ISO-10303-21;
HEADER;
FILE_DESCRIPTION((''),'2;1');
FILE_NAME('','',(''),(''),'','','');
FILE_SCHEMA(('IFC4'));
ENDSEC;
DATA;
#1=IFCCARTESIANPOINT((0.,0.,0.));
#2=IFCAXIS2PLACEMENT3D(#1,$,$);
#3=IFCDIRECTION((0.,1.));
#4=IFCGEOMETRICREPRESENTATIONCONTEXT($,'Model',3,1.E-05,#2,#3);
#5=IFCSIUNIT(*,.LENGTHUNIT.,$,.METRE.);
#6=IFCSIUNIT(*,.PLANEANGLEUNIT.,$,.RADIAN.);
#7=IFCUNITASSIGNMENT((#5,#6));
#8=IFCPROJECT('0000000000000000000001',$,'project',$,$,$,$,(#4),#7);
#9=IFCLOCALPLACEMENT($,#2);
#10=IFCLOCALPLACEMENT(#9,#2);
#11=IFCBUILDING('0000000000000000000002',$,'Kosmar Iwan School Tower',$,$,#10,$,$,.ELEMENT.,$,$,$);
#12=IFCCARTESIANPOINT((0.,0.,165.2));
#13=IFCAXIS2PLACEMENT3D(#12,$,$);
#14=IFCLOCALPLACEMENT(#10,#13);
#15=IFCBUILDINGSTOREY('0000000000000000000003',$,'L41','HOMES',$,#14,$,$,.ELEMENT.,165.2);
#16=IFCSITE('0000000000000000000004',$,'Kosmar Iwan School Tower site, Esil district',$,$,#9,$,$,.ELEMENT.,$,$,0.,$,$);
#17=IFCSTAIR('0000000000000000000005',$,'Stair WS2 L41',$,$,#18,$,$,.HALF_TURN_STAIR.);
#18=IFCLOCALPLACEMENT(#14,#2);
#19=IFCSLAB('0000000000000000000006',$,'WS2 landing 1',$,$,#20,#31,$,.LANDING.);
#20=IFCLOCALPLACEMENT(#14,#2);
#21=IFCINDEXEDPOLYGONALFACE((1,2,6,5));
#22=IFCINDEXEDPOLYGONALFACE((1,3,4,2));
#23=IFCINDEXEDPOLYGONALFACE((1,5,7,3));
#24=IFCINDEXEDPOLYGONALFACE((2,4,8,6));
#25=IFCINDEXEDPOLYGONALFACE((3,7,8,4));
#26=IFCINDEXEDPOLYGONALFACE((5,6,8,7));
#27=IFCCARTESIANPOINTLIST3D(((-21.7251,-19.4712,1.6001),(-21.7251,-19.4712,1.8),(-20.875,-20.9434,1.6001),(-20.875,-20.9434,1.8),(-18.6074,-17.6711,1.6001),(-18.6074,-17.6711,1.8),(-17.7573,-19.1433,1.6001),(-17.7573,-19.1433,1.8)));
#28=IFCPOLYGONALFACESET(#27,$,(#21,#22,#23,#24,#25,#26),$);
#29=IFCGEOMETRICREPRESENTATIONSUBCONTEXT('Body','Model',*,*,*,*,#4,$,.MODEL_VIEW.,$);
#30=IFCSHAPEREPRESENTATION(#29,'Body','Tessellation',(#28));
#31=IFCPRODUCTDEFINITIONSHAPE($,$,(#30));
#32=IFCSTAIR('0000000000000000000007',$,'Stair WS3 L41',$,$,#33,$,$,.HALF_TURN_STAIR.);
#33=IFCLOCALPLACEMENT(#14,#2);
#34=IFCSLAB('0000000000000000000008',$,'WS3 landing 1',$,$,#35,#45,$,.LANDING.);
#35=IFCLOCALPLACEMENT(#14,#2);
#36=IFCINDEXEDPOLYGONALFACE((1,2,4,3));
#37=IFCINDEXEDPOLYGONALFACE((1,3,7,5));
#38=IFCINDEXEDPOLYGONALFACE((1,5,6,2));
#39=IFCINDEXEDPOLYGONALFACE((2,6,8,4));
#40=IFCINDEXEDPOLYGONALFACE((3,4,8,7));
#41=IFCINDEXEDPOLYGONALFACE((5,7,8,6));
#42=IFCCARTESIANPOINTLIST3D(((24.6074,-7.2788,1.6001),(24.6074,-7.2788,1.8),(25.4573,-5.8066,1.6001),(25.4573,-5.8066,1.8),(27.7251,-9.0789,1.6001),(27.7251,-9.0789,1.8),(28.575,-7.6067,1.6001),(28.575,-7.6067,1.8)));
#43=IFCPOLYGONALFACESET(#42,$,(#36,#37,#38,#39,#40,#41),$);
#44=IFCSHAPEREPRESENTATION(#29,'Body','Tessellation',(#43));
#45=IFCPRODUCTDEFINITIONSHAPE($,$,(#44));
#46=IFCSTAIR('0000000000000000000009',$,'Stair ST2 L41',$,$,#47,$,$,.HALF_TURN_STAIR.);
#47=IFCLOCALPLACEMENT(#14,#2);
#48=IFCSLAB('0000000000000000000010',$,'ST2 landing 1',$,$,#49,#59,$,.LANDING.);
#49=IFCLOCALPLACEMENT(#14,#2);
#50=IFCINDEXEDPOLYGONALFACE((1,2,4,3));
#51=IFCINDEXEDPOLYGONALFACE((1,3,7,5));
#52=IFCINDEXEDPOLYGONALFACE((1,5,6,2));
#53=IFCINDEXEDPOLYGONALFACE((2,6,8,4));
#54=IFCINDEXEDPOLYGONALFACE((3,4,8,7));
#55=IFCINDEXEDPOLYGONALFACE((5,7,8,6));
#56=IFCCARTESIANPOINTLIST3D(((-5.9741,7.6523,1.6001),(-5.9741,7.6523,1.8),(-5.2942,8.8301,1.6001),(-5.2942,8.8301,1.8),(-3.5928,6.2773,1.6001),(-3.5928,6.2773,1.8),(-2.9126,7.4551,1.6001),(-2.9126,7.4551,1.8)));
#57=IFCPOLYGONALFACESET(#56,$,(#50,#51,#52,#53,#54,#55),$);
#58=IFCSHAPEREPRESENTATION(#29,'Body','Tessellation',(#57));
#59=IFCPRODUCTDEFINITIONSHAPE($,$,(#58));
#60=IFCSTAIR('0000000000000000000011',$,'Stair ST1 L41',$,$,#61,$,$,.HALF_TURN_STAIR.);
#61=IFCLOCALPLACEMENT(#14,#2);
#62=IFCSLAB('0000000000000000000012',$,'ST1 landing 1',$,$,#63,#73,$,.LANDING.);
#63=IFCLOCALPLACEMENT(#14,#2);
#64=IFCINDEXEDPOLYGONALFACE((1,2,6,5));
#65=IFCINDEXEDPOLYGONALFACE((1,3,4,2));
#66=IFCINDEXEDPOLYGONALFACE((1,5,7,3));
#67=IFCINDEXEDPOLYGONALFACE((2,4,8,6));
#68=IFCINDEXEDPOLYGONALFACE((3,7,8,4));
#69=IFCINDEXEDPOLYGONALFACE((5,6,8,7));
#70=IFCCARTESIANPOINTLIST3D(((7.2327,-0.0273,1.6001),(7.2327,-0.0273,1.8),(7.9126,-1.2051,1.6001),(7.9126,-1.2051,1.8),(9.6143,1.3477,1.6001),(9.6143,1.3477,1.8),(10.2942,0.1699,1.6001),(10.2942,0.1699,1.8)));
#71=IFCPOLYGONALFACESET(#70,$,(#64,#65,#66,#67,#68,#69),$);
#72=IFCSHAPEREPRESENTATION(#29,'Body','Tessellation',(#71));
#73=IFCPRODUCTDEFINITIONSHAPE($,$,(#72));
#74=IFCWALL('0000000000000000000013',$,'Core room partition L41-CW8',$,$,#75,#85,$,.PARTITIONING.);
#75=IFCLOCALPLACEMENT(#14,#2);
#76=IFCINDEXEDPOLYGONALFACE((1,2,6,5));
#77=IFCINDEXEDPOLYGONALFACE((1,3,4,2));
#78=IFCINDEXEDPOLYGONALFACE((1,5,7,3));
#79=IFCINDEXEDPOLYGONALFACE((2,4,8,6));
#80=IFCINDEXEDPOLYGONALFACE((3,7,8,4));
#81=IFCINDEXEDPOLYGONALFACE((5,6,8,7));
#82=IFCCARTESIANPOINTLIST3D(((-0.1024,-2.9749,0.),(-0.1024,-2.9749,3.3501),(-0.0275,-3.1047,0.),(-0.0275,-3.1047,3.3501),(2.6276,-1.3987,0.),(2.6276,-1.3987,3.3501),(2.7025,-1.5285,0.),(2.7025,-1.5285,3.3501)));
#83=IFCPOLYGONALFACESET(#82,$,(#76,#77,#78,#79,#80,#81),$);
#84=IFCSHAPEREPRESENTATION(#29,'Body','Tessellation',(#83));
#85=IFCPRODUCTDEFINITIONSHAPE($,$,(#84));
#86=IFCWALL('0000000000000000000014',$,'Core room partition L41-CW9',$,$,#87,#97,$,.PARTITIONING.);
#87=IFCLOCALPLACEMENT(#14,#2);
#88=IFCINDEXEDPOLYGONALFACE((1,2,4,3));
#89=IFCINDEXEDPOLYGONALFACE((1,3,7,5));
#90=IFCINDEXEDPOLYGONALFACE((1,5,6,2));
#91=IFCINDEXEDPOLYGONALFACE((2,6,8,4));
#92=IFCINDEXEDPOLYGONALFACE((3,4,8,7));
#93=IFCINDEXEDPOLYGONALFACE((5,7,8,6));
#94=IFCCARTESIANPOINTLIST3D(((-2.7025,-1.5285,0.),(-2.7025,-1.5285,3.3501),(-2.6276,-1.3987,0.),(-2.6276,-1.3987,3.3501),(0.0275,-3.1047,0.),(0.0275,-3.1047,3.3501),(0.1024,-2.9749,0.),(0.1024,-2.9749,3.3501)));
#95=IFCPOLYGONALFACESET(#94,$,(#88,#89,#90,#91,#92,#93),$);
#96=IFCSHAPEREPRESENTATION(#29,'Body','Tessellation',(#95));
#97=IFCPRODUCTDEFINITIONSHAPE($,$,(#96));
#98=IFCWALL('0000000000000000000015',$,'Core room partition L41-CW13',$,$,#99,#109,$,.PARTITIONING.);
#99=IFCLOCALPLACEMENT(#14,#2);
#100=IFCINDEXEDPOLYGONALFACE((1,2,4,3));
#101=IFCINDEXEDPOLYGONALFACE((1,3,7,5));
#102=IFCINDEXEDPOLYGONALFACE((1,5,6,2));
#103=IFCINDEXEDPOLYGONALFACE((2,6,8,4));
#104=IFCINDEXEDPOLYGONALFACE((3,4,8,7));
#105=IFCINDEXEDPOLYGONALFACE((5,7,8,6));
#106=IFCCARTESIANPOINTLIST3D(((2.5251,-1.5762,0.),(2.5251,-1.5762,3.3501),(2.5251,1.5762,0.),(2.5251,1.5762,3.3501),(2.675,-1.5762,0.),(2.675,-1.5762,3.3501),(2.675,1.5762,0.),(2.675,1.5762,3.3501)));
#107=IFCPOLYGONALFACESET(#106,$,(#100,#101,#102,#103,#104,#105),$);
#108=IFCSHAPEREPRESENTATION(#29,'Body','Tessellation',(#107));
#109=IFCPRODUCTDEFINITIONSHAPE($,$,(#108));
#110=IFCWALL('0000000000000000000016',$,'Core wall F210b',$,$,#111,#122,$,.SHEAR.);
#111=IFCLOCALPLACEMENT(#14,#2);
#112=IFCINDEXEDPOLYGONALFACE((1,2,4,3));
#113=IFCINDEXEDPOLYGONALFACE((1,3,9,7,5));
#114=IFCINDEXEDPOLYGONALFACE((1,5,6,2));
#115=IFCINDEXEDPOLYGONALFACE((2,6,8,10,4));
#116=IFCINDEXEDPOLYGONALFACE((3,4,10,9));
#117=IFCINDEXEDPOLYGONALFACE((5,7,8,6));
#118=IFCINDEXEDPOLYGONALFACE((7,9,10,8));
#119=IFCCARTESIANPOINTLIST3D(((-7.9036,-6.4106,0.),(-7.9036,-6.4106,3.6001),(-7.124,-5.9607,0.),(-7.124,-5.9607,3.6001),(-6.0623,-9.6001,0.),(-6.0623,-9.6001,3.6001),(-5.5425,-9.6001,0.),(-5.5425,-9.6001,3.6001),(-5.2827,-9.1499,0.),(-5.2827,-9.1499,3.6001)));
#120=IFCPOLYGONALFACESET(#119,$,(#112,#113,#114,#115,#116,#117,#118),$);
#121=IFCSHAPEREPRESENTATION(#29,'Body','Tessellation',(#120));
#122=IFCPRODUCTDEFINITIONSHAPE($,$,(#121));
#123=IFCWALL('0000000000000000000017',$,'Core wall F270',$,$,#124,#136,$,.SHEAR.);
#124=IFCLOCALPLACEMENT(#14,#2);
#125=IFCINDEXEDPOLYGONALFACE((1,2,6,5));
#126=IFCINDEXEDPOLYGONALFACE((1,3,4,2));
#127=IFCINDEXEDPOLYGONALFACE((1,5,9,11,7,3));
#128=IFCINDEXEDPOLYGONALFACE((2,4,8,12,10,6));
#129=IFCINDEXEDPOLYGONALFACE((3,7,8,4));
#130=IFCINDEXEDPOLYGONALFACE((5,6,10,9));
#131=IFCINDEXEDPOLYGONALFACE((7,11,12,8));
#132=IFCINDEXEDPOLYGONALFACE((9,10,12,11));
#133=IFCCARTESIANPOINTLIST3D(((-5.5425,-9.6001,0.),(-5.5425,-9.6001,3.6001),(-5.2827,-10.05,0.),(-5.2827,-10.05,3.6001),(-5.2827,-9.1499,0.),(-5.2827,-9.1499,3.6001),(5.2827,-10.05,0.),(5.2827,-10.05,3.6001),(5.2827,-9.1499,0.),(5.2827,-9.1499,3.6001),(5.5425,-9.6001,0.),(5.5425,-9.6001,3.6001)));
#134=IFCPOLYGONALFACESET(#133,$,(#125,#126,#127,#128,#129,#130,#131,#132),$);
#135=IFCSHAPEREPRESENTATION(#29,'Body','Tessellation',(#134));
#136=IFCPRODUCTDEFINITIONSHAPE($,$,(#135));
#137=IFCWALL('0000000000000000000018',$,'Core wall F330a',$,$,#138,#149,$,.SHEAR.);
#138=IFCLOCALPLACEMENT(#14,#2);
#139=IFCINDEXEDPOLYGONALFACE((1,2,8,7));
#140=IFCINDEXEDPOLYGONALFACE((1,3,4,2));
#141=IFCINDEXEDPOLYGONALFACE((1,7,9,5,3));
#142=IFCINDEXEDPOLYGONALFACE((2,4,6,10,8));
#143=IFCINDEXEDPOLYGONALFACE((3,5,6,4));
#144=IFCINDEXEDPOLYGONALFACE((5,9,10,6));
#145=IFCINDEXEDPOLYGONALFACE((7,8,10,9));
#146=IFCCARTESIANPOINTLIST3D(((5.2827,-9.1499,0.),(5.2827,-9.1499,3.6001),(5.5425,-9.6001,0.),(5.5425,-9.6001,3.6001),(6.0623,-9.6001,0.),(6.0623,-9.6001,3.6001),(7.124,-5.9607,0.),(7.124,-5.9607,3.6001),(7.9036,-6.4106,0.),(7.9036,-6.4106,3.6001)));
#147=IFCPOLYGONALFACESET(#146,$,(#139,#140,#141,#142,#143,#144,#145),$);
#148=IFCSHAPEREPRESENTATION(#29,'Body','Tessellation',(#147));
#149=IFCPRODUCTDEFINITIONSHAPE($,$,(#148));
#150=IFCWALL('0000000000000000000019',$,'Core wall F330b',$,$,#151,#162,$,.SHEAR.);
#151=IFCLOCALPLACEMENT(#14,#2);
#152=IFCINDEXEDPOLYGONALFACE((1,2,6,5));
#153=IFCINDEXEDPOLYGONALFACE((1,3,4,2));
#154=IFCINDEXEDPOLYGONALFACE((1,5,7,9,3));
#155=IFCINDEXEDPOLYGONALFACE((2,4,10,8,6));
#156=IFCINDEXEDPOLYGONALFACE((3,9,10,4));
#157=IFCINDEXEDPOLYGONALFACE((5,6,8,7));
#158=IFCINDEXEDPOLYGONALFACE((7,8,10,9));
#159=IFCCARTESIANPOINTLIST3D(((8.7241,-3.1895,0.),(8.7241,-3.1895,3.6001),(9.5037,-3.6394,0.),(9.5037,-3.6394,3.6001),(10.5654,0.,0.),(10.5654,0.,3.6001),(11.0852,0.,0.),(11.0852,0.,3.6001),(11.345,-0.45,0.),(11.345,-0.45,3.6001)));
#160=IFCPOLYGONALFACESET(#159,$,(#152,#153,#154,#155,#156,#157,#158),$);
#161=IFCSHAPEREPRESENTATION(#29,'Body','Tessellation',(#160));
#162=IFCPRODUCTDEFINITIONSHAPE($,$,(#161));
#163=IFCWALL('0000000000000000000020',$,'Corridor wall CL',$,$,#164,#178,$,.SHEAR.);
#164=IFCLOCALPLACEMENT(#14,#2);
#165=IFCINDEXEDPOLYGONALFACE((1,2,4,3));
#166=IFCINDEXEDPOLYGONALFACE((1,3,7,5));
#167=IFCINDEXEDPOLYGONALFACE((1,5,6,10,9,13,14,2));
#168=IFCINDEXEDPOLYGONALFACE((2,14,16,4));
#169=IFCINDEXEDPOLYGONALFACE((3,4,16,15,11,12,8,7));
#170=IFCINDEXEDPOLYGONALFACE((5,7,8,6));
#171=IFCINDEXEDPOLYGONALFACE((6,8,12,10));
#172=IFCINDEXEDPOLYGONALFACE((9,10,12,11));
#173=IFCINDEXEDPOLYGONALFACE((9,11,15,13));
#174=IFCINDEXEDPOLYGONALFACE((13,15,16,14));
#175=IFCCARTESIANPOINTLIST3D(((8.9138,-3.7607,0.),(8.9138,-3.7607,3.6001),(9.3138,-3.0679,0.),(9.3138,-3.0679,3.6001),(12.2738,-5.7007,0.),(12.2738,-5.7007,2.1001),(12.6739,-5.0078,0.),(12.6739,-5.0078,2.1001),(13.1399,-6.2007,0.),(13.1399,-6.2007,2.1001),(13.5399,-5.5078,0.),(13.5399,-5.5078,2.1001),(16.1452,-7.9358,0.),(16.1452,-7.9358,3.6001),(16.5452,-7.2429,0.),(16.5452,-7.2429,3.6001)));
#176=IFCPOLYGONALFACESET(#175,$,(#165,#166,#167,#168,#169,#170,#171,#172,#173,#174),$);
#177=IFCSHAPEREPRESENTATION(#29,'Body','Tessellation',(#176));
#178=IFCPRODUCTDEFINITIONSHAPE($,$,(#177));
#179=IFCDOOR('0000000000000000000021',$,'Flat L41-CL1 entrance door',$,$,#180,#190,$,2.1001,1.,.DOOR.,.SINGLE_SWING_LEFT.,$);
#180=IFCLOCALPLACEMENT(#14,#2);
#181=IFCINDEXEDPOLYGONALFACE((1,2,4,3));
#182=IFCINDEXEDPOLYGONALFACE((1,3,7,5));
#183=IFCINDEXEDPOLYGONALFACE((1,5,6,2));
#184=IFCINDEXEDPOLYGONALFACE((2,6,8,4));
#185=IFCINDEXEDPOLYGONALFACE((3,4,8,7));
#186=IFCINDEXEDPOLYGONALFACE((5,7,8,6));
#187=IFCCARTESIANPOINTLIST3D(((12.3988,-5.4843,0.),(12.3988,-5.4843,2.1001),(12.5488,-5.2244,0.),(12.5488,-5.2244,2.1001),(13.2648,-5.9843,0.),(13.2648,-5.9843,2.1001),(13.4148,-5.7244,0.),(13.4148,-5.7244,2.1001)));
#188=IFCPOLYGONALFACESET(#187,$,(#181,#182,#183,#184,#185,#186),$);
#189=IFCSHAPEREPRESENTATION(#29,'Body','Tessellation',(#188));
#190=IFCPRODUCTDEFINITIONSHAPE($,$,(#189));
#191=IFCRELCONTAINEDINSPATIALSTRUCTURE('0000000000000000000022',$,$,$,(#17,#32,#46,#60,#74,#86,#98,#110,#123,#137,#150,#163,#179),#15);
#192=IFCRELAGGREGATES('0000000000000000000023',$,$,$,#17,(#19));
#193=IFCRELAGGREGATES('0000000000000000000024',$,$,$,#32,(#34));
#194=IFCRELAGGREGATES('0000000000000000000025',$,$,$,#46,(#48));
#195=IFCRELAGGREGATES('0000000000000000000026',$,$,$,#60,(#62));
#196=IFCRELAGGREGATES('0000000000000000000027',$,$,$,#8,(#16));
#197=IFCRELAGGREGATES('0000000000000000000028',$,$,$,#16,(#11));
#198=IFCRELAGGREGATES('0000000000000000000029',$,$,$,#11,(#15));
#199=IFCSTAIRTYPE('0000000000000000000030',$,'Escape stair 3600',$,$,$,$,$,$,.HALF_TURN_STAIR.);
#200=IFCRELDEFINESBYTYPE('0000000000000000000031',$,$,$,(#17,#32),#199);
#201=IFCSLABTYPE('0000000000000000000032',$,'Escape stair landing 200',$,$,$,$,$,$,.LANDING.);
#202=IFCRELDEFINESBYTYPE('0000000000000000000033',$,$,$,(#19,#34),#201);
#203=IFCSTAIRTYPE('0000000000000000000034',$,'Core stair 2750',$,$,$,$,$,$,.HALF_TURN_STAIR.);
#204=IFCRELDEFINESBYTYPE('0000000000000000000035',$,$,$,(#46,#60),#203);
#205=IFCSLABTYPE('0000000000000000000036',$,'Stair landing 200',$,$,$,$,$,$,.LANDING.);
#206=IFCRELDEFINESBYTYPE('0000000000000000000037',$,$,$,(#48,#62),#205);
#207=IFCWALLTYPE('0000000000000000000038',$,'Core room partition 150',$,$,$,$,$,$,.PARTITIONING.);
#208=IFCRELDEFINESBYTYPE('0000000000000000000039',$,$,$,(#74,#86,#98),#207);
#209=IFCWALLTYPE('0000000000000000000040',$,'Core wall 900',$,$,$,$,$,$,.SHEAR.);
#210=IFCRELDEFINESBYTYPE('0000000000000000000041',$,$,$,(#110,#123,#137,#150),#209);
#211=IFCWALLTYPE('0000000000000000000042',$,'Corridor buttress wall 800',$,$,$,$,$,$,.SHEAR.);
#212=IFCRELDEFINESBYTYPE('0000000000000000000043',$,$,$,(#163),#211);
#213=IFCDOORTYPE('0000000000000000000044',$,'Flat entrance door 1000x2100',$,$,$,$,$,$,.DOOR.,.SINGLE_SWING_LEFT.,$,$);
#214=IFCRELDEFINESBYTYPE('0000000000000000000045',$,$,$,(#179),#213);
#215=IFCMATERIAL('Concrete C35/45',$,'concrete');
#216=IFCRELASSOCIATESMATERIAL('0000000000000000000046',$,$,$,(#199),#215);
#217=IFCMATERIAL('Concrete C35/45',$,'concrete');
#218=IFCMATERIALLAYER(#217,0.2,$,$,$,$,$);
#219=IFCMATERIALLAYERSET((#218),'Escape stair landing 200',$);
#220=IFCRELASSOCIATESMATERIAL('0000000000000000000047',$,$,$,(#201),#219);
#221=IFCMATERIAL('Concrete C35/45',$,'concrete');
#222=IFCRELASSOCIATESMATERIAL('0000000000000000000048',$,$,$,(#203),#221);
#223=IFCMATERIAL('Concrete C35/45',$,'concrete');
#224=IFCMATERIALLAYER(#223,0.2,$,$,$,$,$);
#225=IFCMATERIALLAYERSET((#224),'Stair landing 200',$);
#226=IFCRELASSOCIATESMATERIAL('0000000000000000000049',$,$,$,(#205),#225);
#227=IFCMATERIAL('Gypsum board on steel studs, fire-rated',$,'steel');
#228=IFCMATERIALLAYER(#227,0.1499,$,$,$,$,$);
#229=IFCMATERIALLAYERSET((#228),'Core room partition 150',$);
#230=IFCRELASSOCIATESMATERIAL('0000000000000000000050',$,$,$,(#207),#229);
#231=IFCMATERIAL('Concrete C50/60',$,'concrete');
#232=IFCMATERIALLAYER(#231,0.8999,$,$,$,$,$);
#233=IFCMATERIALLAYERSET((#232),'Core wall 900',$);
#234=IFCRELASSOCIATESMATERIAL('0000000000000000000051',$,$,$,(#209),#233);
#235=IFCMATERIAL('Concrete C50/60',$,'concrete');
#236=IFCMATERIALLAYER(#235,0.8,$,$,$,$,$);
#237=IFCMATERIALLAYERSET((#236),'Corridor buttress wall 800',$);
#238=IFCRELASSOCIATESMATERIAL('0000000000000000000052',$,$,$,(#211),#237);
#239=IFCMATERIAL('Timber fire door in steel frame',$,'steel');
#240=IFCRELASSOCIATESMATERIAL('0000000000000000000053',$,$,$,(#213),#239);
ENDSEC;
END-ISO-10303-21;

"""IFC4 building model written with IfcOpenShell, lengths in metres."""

from ifc_helpers import new_model, si_unit, direction, frame, frame_2d, origin, place, context, subcontext, project, spatial, polyline, rectangle, outline, extrude, material, layer, layer_set, type_object, element, fill, aggregate, save


model = new_model("IFC4")

# Units and contexts
model_context = context("Model", 3, precision=1e-05, world=origin(), true_north=direction((0.0, 1.0)))
body_context = subcontext(model_context, "Body", "Model", "MODEL_VIEW")
ifc_project = project(units=[si_unit("LENGTHUNIT", "METRE"), si_unit("PLANEANGLEUNIT", "RADIAN")], contexts=[model_context])

# Site, building, storey
site_placement = place(None, origin())
site = spatial("IfcSite", under=ifc_project, at=site_placement, Name="Kosmar Iwan School Tower site, Esil district", CompositionType="ELEMENT", RefElevation=0.0)
building_placement = place(site_placement, origin())
building = spatial("IfcBuilding", under=site, at=building_placement, Name="Kosmar Iwan School Tower", CompositionType="ELEMENT")
storey_placement = place(building_placement, frame((0.0, 0.0, 165.2)))
storey = spatial("IfcBuildingStorey", under=building, at=storey_placement, Name="L41", Description="HOMES", CompositionType="ELEMENT", Elevation=165.2)

# Stairs, slabs
ifc_material_1 = material(Name="Concrete C35/45", Category="concrete")
stair_type_1 = type_object("IfcStairType", Name="Escape stair 3600", PredefinedType="HALF_TURN_STAIR", material=ifc_material_1)
stair_1_placement = place(storey_placement, origin())
stair_1 = element("IfcStair", 1, at=stair_1_placement, inside=storey, type_object=stair_type_1, Name="Stair WS2 L41", PredefinedType="HALF_TURN_STAIR")
ifc_material_2 = material(Name="Concrete C35/45", Category="concrete")
ifc_layer_1 = layer(ifc_material_2, 0.2)
ifc_layer_set_1 = layer_set([ifc_layer_1], Name="Escape stair landing 200")
slab_type_1 = type_object("IfcSlabType", Name="Escape stair landing 200", PredefinedType="LANDING", material=ifc_layer_set_1)
slab_1_placement = place(storey_placement, frame((0.0, 0.0, 1.6001)))
slab_1 = element("IfcSlab", 2, at=slab_1_placement, type_object=slab_type_1, Name="WS2 landing 1", PredefinedType="LANDING", context=body_context, shape_type="SweptSolid", body=[
    extrude(outline(polyline([(-18.6074, -17.6711), (-21.7251, -19.4712), (-20.875, -20.9434), (-17.7573, -19.1433), (-18.6074, -17.6711)])), origin(), (0.0, 0.0, 1.0), 0.2),
])
aggregate(stair_1, [slab_1])
stair_2_placement = place(storey_placement, origin())
stair_2 = element("IfcStair", 3, at=stair_2_placement, inside=storey, type_object=stair_type_1, Name="Stair WS3 L41", PredefinedType="HALF_TURN_STAIR")
slab_2_placement = place(storey_placement, frame((0.0, 0.0, 1.6001)))
slab_2 = element("IfcSlab", 4, at=slab_2_placement, type_object=slab_type_1, Name="WS3 landing 1", PredefinedType="LANDING", context=body_context, shape_type="SweptSolid", body=[
    extrude(outline(polyline([(24.6074, -7.2788), (27.7251, -9.0789), (28.575, -7.6067), (25.4573, -5.8066), (24.6074, -7.2788)])), origin(), (0.0, 0.0, 1.0), 0.2),
])
aggregate(stair_2, [slab_2])
ifc_material_3 = material(Name="Concrete C35/45", Category="concrete")
stair_type_2 = type_object("IfcStairType", Name="Core stair 2750", PredefinedType="HALF_TURN_STAIR", material=ifc_material_3)
stair_3_placement = place(storey_placement, origin())
stair_3 = element("IfcStair", 5, at=stair_3_placement, inside=storey, type_object=stair_type_2, Name="Stair ST2 L41", PredefinedType="HALF_TURN_STAIR")
ifc_material_4 = material(Name="Concrete C35/45", Category="concrete")
ifc_layer_2 = layer(ifc_material_4, 0.2)
ifc_layer_set_2 = layer_set([ifc_layer_2], Name="Stair landing 200")
slab_type_2 = type_object("IfcSlabType", Name="Stair landing 200", PredefinedType="LANDING", material=ifc_layer_set_2)
slab_3_placement = place(storey_placement, frame((0.0, 0.0, 1.6001)))
slab_3 = element("IfcSlab", 6, at=slab_3_placement, type_object=slab_type_2, Name="ST2 landing 1", PredefinedType="LANDING", context=body_context, shape_type="SweptSolid", body=[
    extrude(outline(polyline([(-2.9126, 7.4551), (-5.2942, 8.8301), (-5.9741, 7.6523), (-3.5928, 6.2773), (-2.9126, 7.4551)])), origin(), (0.0, 0.0, 1.0), 0.2),
])
aggregate(stair_3, [slab_3])
stair_4_placement = place(storey_placement, origin())
stair_4 = element("IfcStair", 7, at=stair_4_placement, inside=storey, type_object=stair_type_2, Name="Stair ST1 L41", PredefinedType="HALF_TURN_STAIR")
slab_4_placement = place(storey_placement, frame((0.0, 0.0, 1.6001)))
slab_4 = element("IfcSlab", 8, at=slab_4_placement, type_object=slab_type_2, Name="ST1 landing 1", PredefinedType="LANDING", context=body_context, shape_type="SweptSolid", body=[
    extrude(outline(polyline([(7.9126, -1.2051), (10.2942, 0.1699), (9.6143, 1.3477), (7.2327, -0.0273), (7.9126, -1.2051)])), origin(), (0.0, 0.0, 1.0), 0.2),
])

# Walls
ifc_material_5 = material(Name="Gypsum board on steel studs, fire-rated", Category="steel")
ifc_layer_3 = layer(ifc_material_5, 0.1499)
ifc_layer_set_3 = layer_set([ifc_layer_3], Name="Core room partition 150")
wall_type_1 = type_object("IfcWallType", Name="Core room partition 150", PredefinedType="PARTITIONING", material=ifc_layer_set_3)
for number, where, z_axis, x_axis, name in (
    (9, (2.665, -1.4636, 0.0), (0.0, 0.0, 1.0), (-0.866023, -0.500004, 0.0), "Core room partition L41-CW8"),
    (10, (0.0649, -3.0398, 0.0), (0.0, 0.0, 1.0), (-0.866023, 0.500004, 0.0), "Core room partition L41-CW9"),
    (11, (2.6001, 1.5762, 0.0), (0.0, 0.0, 1.0), (0.0, -1.0, 0.0), "Core room partition L41-CW13"),
):
    element("IfcWall", number, at=place(storey_placement, frame(where, z_axis=z_axis, x_axis=x_axis)), inside=storey, type_object=wall_type_1, Name=name, PredefinedType="PARTITIONING", context=body_context, shape_type="SweptSolid", body=[
        extrude(rectangle(XDim=3.1523, YDim=0.1499, at=frame_2d((1.5762, 0.0))), origin(), (0.0, 0.0, 1.0), 3.3501),
    ])
ifc_material_6 = material(Name="Concrete C50/60", Category="concrete")
ifc_layer_4 = layer(ifc_material_6, 0.8999)
ifc_layer_set_4 = layer_set([ifc_layer_4], Name="Core wall 900")
wall_type_2 = type_object("IfcWallType", Name="Core wall 900", PredefinedType="SHEAR", material=ifc_layer_set_4)
wall_1_placement = place(storey_placement, origin())
element("IfcWall", 12, at=wall_1_placement, inside=storey, type_object=wall_type_2, Name="Core wall F210b", PredefinedType="SHEAR", context=body_context, shape_type="SweptSolid", body=[
    extrude(outline(polyline([(-6.0623, -9.6001), (-5.5425, -9.6001), (-5.2827, -9.1499), (-7.124, -5.9607), (-7.9036, -6.4106), (-6.0623, -9.6001)])), origin(), (0.0, 0.0, 1.0), 3.6001),
])
wall_2_placement = place(storey_placement, origin())
element("IfcWall", 13, at=wall_2_placement, inside=storey, type_object=wall_type_2, Name="Core wall F270", PredefinedType="SHEAR", context=body_context, shape_type="SweptSolid", body=[
    extrude(outline(polyline([(-5.2827, -10.05), (5.2827, -10.05), (5.5425, -9.6001), (5.2827, -9.1499), (-5.2827, -9.1499), (-5.5425, -9.6001), (-5.2827, -10.05)])), origin(), (0.0, 0.0, 1.0), 3.6001),
])
wall_3_placement = place(storey_placement, origin())
element("IfcWall", 14, at=wall_3_placement, inside=storey, type_object=wall_type_2, Name="Core wall F330a", PredefinedType="SHEAR", context=body_context, shape_type="SweptSolid", body=[
    extrude(outline(polyline([(5.5425, -9.6001), (6.0623, -9.6001), (7.9036, -6.4106), (7.124, -5.9607), (5.2827, -9.1499), (5.5425, -9.6001)])), origin(), (0.0, 0.0, 1.0), 3.6001),
])
wall_4_placement = place(storey_placement, origin())
element("IfcWall", 15, at=wall_4_placement, inside=storey, type_object=wall_type_2, Name="Core wall F330b", PredefinedType="SHEAR", context=body_context, shape_type="SweptSolid", body=[
    extrude(outline(polyline([(9.5037, -3.6394), (11.345, -0.45), (11.0852, 0.0), (10.5654, 0.0), (8.7241, -3.1895), (9.5037, -3.6394)])), origin(), (0.0, 0.0, 1.0), 3.6001),
])

# Wall, opening, door
ifc_material_7 = material(Name="Concrete C50/60", Category="concrete")
ifc_layer_5 = layer(ifc_material_7, 0.8)
ifc_layer_set_5 = layer_set([ifc_layer_5], Name="Corridor buttress wall 800")
wall_type_3 = type_object("IfcWallType", Name="Corridor buttress wall 800", PredefinedType="SHEAR", material=ifc_layer_set_5)
wall_5_placement = place(storey_placement, frame((9.1138, -3.4143, 0.0), z_axis=(0.0, 0.0, 1.0), x_axis=(0.866027, -0.499997, 0.0)))
wall_5 = element("IfcWall", 16, at=wall_5_placement, inside=storey, type_object=wall_type_3, Name="Corridor wall CL", PredefinedType="SHEAR", context=body_context, shape_type="SweptSolid", body=[
    extrude(rectangle(XDim=8.3501, YDim=0.8, at=frame_2d((4.175, 0.0))), origin(), (0.0, 0.0, 1.0), 3.6001),
])
opening_1_placement = place(wall_5_placement, frame((3.8799, 0.0, 0.0)))
opening_1 = element("IfcOpeningElement", 17, at=opening_1_placement, cuts=wall_5, PredefinedType="OPENING", context=body_context, shape_type="SweptSolid", body=[
    extrude(rectangle(XDim=1.0, YDim=2.1001, at=frame_2d((0.5, 1.05))), frame((0.0, 0.4121, 0.0), z_axis=(0.0, -1.0, 0.0), x_axis=(1.0, 0.0, 0.0)), (0.0, 0.0, 1.0), 0.824),
])
ifc_material_8 = material(Name="Timber fire door in steel frame", Category="steel")
door_type_1 = type_object("IfcDoorType", Name="Flat entrance door 1000x2100", OperationType="SINGLE_SWING_LEFT", PredefinedType="DOOR", material=ifc_material_8)
door_1_placement = place(opening_1_placement, origin())
door_1 = element("IfcDoor", 18, at=door_1_placement, inside=storey, type_object=door_type_1, Name="Flat L41-CL1 entrance door", OperationType="SINGLE_SWING_LEFT", OverallHeight=2.1001, OverallWidth=1.0, PredefinedType="DOOR", context=body_context, shape_type="SweptSolid", body=[
    extrude(rectangle(XDim=1.0, YDim=2.1001, at=frame_2d((0.5, 1.05))), frame((0.0, 0.1499, 0.0), z_axis=(0.0, -1.0, 0.0), x_axis=(1.0, 0.0, 0.0)), (0.0, 0.0, 1.0), 0.3),
])
fill(opening_1, door_1)

aggregate(stair_4, [slab_4])

save(model, "model.ifc")
